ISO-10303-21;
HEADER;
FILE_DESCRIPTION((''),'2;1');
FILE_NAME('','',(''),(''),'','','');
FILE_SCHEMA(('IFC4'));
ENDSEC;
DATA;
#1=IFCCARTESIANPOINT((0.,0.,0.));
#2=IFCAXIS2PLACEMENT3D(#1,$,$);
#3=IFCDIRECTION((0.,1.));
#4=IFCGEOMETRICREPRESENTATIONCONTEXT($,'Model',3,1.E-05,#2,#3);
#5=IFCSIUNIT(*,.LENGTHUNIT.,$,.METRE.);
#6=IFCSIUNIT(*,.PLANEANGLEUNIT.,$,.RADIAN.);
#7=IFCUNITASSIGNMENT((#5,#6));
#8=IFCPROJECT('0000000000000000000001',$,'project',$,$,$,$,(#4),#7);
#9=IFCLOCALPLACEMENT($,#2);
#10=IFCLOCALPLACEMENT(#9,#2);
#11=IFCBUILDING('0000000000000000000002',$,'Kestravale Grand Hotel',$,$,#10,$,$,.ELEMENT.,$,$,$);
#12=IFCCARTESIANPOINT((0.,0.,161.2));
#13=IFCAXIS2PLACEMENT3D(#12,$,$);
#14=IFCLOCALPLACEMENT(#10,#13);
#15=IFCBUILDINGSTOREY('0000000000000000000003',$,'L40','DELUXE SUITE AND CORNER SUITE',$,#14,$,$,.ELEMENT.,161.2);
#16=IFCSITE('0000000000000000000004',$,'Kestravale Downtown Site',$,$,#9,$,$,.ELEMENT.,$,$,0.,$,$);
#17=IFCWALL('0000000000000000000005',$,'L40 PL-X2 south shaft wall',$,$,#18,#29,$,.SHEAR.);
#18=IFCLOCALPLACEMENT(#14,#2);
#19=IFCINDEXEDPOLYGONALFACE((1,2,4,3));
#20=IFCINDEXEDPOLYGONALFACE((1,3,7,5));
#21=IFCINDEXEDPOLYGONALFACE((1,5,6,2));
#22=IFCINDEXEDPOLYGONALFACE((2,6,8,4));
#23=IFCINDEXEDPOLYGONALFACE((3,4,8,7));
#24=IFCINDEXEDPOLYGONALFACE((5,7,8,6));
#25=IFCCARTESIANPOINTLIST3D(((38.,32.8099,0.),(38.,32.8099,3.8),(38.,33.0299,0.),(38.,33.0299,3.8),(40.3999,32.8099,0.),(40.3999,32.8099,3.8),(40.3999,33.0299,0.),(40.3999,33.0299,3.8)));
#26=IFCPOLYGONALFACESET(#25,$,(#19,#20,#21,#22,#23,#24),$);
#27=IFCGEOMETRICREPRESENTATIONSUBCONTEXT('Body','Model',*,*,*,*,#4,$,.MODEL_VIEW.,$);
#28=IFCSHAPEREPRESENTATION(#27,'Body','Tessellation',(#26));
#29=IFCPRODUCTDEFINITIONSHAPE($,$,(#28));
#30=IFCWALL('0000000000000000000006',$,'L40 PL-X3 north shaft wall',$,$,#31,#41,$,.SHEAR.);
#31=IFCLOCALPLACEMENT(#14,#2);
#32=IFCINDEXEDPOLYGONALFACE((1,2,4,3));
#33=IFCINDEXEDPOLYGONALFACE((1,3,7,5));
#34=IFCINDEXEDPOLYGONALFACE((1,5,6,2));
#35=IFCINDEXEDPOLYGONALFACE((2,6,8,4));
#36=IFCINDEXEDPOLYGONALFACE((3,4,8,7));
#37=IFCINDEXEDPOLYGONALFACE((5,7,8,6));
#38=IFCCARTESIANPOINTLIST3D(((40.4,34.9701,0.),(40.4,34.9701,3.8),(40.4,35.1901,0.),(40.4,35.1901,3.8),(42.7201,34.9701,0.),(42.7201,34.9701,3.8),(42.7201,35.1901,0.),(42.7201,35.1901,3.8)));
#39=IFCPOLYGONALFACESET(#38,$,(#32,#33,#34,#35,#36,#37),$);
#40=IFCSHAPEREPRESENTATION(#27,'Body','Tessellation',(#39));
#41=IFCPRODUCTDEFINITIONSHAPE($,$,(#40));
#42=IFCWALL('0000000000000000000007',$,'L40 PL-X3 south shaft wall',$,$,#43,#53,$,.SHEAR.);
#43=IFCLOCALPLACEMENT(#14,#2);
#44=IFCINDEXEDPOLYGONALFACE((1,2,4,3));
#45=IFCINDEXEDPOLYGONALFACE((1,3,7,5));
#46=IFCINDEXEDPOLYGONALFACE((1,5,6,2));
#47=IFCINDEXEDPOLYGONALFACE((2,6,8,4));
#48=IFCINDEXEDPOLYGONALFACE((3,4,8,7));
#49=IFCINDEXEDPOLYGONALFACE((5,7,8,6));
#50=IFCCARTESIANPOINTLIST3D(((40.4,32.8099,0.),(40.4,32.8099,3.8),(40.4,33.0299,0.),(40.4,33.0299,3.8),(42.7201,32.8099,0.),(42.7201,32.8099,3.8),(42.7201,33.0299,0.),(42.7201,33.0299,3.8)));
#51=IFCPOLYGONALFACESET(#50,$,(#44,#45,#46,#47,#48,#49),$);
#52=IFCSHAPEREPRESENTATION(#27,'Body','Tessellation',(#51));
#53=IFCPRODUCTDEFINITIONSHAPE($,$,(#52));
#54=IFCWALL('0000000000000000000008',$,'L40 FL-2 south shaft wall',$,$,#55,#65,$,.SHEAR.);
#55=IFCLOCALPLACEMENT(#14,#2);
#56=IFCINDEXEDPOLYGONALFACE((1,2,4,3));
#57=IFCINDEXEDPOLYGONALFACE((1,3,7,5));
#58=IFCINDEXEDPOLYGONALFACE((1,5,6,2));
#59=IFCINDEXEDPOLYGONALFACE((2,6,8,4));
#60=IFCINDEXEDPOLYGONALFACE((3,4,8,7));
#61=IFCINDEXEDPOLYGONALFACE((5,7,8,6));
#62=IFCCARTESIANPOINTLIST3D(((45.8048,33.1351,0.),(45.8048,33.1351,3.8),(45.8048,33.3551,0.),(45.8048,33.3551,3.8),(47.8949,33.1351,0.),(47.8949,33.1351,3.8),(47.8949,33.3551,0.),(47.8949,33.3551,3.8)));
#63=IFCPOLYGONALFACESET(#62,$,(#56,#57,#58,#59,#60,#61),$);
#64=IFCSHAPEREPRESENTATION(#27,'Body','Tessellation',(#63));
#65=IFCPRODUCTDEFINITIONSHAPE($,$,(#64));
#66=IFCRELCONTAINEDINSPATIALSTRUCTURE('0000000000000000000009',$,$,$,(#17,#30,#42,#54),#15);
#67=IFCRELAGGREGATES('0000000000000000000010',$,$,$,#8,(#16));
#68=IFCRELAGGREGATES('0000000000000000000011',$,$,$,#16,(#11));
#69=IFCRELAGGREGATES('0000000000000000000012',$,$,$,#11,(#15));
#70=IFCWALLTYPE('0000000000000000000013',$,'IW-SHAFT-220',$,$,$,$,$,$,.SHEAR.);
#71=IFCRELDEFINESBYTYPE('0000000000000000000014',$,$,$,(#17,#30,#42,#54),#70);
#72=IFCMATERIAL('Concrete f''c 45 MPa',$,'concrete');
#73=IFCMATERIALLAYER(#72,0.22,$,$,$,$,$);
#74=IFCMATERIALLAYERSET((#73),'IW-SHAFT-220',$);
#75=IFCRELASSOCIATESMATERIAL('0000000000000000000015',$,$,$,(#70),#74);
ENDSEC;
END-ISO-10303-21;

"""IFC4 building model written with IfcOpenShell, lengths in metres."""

from ifc_helpers import new_model, si_unit, direction, frame, frame_2d, origin, place, context, subcontext, project, spatial, rectangle, extrude, material, layer, layer_set, type_object, element, save


model = new_model("IFC4")

# Units and contexts
model_context = context("Model", 3, precision=1e-05, world=origin(), true_north=direction((0.0, 1.0)))
body_context = subcontext(model_context, "Body", "Model", "MODEL_VIEW")
ifc_project = project(units=[si_unit("LENGTHUNIT", "METRE"), si_unit("PLANEANGLEUNIT", "RADIAN")], contexts=[model_context])

# Site, building, storey
site_placement = place(None, origin())
site = spatial("IfcSite", under=ifc_project, at=site_placement, Name="Kestravale Downtown Site", CompositionType="ELEMENT", RefElevation=0.0)
building_placement = place(site_placement, origin())
building = spatial("IfcBuilding", under=site, at=building_placement, Name="Kestravale Grand Hotel", CompositionType="ELEMENT")
storey_placement = place(building_placement, frame((0.0, 0.0, 161.2)))
storey = spatial("IfcBuildingStorey", under=building, at=storey_placement, Name="L40", Description="DELUXE SUITE AND CORNER SUITE", CompositionType="ELEMENT", Elevation=161.2)

# Shared definitions
ifc_material_1 = material(Name="Concrete f'c 45 MPa", Category="concrete")
ifc_layer_1 = layer(ifc_material_1, 0.22)
ifc_layer_set_1 = layer_set([ifc_layer_1], Name="IW-SHAFT-220")
wall_type_1 = type_object("IfcWallType", Name="IW-SHAFT-220", PredefinedType="SHEAR", material=ifc_layer_set_1)

# Walls
for number, where, z_axis, x_axis, name in (
    (1, (38.0, 32.9199, 0.0), (0.0, 0.0, 1.0), (1.0, 0.0, 0.0), "L40 PL-X2 south shaft wall"),
):
    element("IfcWall", number, at=place(storey_placement, frame(where, z_axis=z_axis, x_axis=x_axis)), inside=storey, type_object=wall_type_1, Name=name, PredefinedType="SHEAR", context=body_context, shape_type="SweptSolid", body=[
        extrude(rectangle(XDim=2.3999, YDim=0.22, at=frame_2d((1.2, 0.0))), origin(), (0.0, 0.0, 1.0), 3.8),
    ])
for number, where, z_axis, x_axis, name in (
    (2, (40.3999, 35.0801, 0.0), (0.0, 0.0, 1.0), (1.0, 0.0, 0.0), "L40 PL-X3 north shaft wall"),
    (3, (40.3999, 32.9199, 0.0), (0.0, 0.0, 1.0), (1.0, 0.0, 0.0), "L40 PL-X3 south shaft wall"),
):
    element("IfcWall", number, at=place(storey_placement, frame(where, z_axis=z_axis, x_axis=x_axis)), inside=storey, type_object=wall_type_1, Name=name, PredefinedType="SHEAR", context=body_context, shape_type="SweptSolid", body=[
        extrude(rectangle(XDim=2.3201, YDim=0.22, at=frame_2d((1.1602, 0.0))), origin(), (0.0, 0.0, 1.0), 3.8),
    ])

# Wall
wall_1_placement = place(storey_placement, frame((45.8049, 33.2451, 0.0), z_axis=(0.0, 0.0, 1.0), x_axis=(1.0, 0.0, 0.0)))
element("IfcWall", 4, at=wall_1_placement, inside=storey, type_object=wall_type_1, Name="L40 FL-2 south shaft wall", PredefinedType="SHEAR", context=body_context, shape_type="SweptSolid", body=[
    extrude(rectangle(XDim=2.0901, YDim=0.22, at=frame_2d((1.0449, 0.0))), origin(), (0.0, 0.0, 1.0), 3.8),
])

save(model, "model.ifc")
